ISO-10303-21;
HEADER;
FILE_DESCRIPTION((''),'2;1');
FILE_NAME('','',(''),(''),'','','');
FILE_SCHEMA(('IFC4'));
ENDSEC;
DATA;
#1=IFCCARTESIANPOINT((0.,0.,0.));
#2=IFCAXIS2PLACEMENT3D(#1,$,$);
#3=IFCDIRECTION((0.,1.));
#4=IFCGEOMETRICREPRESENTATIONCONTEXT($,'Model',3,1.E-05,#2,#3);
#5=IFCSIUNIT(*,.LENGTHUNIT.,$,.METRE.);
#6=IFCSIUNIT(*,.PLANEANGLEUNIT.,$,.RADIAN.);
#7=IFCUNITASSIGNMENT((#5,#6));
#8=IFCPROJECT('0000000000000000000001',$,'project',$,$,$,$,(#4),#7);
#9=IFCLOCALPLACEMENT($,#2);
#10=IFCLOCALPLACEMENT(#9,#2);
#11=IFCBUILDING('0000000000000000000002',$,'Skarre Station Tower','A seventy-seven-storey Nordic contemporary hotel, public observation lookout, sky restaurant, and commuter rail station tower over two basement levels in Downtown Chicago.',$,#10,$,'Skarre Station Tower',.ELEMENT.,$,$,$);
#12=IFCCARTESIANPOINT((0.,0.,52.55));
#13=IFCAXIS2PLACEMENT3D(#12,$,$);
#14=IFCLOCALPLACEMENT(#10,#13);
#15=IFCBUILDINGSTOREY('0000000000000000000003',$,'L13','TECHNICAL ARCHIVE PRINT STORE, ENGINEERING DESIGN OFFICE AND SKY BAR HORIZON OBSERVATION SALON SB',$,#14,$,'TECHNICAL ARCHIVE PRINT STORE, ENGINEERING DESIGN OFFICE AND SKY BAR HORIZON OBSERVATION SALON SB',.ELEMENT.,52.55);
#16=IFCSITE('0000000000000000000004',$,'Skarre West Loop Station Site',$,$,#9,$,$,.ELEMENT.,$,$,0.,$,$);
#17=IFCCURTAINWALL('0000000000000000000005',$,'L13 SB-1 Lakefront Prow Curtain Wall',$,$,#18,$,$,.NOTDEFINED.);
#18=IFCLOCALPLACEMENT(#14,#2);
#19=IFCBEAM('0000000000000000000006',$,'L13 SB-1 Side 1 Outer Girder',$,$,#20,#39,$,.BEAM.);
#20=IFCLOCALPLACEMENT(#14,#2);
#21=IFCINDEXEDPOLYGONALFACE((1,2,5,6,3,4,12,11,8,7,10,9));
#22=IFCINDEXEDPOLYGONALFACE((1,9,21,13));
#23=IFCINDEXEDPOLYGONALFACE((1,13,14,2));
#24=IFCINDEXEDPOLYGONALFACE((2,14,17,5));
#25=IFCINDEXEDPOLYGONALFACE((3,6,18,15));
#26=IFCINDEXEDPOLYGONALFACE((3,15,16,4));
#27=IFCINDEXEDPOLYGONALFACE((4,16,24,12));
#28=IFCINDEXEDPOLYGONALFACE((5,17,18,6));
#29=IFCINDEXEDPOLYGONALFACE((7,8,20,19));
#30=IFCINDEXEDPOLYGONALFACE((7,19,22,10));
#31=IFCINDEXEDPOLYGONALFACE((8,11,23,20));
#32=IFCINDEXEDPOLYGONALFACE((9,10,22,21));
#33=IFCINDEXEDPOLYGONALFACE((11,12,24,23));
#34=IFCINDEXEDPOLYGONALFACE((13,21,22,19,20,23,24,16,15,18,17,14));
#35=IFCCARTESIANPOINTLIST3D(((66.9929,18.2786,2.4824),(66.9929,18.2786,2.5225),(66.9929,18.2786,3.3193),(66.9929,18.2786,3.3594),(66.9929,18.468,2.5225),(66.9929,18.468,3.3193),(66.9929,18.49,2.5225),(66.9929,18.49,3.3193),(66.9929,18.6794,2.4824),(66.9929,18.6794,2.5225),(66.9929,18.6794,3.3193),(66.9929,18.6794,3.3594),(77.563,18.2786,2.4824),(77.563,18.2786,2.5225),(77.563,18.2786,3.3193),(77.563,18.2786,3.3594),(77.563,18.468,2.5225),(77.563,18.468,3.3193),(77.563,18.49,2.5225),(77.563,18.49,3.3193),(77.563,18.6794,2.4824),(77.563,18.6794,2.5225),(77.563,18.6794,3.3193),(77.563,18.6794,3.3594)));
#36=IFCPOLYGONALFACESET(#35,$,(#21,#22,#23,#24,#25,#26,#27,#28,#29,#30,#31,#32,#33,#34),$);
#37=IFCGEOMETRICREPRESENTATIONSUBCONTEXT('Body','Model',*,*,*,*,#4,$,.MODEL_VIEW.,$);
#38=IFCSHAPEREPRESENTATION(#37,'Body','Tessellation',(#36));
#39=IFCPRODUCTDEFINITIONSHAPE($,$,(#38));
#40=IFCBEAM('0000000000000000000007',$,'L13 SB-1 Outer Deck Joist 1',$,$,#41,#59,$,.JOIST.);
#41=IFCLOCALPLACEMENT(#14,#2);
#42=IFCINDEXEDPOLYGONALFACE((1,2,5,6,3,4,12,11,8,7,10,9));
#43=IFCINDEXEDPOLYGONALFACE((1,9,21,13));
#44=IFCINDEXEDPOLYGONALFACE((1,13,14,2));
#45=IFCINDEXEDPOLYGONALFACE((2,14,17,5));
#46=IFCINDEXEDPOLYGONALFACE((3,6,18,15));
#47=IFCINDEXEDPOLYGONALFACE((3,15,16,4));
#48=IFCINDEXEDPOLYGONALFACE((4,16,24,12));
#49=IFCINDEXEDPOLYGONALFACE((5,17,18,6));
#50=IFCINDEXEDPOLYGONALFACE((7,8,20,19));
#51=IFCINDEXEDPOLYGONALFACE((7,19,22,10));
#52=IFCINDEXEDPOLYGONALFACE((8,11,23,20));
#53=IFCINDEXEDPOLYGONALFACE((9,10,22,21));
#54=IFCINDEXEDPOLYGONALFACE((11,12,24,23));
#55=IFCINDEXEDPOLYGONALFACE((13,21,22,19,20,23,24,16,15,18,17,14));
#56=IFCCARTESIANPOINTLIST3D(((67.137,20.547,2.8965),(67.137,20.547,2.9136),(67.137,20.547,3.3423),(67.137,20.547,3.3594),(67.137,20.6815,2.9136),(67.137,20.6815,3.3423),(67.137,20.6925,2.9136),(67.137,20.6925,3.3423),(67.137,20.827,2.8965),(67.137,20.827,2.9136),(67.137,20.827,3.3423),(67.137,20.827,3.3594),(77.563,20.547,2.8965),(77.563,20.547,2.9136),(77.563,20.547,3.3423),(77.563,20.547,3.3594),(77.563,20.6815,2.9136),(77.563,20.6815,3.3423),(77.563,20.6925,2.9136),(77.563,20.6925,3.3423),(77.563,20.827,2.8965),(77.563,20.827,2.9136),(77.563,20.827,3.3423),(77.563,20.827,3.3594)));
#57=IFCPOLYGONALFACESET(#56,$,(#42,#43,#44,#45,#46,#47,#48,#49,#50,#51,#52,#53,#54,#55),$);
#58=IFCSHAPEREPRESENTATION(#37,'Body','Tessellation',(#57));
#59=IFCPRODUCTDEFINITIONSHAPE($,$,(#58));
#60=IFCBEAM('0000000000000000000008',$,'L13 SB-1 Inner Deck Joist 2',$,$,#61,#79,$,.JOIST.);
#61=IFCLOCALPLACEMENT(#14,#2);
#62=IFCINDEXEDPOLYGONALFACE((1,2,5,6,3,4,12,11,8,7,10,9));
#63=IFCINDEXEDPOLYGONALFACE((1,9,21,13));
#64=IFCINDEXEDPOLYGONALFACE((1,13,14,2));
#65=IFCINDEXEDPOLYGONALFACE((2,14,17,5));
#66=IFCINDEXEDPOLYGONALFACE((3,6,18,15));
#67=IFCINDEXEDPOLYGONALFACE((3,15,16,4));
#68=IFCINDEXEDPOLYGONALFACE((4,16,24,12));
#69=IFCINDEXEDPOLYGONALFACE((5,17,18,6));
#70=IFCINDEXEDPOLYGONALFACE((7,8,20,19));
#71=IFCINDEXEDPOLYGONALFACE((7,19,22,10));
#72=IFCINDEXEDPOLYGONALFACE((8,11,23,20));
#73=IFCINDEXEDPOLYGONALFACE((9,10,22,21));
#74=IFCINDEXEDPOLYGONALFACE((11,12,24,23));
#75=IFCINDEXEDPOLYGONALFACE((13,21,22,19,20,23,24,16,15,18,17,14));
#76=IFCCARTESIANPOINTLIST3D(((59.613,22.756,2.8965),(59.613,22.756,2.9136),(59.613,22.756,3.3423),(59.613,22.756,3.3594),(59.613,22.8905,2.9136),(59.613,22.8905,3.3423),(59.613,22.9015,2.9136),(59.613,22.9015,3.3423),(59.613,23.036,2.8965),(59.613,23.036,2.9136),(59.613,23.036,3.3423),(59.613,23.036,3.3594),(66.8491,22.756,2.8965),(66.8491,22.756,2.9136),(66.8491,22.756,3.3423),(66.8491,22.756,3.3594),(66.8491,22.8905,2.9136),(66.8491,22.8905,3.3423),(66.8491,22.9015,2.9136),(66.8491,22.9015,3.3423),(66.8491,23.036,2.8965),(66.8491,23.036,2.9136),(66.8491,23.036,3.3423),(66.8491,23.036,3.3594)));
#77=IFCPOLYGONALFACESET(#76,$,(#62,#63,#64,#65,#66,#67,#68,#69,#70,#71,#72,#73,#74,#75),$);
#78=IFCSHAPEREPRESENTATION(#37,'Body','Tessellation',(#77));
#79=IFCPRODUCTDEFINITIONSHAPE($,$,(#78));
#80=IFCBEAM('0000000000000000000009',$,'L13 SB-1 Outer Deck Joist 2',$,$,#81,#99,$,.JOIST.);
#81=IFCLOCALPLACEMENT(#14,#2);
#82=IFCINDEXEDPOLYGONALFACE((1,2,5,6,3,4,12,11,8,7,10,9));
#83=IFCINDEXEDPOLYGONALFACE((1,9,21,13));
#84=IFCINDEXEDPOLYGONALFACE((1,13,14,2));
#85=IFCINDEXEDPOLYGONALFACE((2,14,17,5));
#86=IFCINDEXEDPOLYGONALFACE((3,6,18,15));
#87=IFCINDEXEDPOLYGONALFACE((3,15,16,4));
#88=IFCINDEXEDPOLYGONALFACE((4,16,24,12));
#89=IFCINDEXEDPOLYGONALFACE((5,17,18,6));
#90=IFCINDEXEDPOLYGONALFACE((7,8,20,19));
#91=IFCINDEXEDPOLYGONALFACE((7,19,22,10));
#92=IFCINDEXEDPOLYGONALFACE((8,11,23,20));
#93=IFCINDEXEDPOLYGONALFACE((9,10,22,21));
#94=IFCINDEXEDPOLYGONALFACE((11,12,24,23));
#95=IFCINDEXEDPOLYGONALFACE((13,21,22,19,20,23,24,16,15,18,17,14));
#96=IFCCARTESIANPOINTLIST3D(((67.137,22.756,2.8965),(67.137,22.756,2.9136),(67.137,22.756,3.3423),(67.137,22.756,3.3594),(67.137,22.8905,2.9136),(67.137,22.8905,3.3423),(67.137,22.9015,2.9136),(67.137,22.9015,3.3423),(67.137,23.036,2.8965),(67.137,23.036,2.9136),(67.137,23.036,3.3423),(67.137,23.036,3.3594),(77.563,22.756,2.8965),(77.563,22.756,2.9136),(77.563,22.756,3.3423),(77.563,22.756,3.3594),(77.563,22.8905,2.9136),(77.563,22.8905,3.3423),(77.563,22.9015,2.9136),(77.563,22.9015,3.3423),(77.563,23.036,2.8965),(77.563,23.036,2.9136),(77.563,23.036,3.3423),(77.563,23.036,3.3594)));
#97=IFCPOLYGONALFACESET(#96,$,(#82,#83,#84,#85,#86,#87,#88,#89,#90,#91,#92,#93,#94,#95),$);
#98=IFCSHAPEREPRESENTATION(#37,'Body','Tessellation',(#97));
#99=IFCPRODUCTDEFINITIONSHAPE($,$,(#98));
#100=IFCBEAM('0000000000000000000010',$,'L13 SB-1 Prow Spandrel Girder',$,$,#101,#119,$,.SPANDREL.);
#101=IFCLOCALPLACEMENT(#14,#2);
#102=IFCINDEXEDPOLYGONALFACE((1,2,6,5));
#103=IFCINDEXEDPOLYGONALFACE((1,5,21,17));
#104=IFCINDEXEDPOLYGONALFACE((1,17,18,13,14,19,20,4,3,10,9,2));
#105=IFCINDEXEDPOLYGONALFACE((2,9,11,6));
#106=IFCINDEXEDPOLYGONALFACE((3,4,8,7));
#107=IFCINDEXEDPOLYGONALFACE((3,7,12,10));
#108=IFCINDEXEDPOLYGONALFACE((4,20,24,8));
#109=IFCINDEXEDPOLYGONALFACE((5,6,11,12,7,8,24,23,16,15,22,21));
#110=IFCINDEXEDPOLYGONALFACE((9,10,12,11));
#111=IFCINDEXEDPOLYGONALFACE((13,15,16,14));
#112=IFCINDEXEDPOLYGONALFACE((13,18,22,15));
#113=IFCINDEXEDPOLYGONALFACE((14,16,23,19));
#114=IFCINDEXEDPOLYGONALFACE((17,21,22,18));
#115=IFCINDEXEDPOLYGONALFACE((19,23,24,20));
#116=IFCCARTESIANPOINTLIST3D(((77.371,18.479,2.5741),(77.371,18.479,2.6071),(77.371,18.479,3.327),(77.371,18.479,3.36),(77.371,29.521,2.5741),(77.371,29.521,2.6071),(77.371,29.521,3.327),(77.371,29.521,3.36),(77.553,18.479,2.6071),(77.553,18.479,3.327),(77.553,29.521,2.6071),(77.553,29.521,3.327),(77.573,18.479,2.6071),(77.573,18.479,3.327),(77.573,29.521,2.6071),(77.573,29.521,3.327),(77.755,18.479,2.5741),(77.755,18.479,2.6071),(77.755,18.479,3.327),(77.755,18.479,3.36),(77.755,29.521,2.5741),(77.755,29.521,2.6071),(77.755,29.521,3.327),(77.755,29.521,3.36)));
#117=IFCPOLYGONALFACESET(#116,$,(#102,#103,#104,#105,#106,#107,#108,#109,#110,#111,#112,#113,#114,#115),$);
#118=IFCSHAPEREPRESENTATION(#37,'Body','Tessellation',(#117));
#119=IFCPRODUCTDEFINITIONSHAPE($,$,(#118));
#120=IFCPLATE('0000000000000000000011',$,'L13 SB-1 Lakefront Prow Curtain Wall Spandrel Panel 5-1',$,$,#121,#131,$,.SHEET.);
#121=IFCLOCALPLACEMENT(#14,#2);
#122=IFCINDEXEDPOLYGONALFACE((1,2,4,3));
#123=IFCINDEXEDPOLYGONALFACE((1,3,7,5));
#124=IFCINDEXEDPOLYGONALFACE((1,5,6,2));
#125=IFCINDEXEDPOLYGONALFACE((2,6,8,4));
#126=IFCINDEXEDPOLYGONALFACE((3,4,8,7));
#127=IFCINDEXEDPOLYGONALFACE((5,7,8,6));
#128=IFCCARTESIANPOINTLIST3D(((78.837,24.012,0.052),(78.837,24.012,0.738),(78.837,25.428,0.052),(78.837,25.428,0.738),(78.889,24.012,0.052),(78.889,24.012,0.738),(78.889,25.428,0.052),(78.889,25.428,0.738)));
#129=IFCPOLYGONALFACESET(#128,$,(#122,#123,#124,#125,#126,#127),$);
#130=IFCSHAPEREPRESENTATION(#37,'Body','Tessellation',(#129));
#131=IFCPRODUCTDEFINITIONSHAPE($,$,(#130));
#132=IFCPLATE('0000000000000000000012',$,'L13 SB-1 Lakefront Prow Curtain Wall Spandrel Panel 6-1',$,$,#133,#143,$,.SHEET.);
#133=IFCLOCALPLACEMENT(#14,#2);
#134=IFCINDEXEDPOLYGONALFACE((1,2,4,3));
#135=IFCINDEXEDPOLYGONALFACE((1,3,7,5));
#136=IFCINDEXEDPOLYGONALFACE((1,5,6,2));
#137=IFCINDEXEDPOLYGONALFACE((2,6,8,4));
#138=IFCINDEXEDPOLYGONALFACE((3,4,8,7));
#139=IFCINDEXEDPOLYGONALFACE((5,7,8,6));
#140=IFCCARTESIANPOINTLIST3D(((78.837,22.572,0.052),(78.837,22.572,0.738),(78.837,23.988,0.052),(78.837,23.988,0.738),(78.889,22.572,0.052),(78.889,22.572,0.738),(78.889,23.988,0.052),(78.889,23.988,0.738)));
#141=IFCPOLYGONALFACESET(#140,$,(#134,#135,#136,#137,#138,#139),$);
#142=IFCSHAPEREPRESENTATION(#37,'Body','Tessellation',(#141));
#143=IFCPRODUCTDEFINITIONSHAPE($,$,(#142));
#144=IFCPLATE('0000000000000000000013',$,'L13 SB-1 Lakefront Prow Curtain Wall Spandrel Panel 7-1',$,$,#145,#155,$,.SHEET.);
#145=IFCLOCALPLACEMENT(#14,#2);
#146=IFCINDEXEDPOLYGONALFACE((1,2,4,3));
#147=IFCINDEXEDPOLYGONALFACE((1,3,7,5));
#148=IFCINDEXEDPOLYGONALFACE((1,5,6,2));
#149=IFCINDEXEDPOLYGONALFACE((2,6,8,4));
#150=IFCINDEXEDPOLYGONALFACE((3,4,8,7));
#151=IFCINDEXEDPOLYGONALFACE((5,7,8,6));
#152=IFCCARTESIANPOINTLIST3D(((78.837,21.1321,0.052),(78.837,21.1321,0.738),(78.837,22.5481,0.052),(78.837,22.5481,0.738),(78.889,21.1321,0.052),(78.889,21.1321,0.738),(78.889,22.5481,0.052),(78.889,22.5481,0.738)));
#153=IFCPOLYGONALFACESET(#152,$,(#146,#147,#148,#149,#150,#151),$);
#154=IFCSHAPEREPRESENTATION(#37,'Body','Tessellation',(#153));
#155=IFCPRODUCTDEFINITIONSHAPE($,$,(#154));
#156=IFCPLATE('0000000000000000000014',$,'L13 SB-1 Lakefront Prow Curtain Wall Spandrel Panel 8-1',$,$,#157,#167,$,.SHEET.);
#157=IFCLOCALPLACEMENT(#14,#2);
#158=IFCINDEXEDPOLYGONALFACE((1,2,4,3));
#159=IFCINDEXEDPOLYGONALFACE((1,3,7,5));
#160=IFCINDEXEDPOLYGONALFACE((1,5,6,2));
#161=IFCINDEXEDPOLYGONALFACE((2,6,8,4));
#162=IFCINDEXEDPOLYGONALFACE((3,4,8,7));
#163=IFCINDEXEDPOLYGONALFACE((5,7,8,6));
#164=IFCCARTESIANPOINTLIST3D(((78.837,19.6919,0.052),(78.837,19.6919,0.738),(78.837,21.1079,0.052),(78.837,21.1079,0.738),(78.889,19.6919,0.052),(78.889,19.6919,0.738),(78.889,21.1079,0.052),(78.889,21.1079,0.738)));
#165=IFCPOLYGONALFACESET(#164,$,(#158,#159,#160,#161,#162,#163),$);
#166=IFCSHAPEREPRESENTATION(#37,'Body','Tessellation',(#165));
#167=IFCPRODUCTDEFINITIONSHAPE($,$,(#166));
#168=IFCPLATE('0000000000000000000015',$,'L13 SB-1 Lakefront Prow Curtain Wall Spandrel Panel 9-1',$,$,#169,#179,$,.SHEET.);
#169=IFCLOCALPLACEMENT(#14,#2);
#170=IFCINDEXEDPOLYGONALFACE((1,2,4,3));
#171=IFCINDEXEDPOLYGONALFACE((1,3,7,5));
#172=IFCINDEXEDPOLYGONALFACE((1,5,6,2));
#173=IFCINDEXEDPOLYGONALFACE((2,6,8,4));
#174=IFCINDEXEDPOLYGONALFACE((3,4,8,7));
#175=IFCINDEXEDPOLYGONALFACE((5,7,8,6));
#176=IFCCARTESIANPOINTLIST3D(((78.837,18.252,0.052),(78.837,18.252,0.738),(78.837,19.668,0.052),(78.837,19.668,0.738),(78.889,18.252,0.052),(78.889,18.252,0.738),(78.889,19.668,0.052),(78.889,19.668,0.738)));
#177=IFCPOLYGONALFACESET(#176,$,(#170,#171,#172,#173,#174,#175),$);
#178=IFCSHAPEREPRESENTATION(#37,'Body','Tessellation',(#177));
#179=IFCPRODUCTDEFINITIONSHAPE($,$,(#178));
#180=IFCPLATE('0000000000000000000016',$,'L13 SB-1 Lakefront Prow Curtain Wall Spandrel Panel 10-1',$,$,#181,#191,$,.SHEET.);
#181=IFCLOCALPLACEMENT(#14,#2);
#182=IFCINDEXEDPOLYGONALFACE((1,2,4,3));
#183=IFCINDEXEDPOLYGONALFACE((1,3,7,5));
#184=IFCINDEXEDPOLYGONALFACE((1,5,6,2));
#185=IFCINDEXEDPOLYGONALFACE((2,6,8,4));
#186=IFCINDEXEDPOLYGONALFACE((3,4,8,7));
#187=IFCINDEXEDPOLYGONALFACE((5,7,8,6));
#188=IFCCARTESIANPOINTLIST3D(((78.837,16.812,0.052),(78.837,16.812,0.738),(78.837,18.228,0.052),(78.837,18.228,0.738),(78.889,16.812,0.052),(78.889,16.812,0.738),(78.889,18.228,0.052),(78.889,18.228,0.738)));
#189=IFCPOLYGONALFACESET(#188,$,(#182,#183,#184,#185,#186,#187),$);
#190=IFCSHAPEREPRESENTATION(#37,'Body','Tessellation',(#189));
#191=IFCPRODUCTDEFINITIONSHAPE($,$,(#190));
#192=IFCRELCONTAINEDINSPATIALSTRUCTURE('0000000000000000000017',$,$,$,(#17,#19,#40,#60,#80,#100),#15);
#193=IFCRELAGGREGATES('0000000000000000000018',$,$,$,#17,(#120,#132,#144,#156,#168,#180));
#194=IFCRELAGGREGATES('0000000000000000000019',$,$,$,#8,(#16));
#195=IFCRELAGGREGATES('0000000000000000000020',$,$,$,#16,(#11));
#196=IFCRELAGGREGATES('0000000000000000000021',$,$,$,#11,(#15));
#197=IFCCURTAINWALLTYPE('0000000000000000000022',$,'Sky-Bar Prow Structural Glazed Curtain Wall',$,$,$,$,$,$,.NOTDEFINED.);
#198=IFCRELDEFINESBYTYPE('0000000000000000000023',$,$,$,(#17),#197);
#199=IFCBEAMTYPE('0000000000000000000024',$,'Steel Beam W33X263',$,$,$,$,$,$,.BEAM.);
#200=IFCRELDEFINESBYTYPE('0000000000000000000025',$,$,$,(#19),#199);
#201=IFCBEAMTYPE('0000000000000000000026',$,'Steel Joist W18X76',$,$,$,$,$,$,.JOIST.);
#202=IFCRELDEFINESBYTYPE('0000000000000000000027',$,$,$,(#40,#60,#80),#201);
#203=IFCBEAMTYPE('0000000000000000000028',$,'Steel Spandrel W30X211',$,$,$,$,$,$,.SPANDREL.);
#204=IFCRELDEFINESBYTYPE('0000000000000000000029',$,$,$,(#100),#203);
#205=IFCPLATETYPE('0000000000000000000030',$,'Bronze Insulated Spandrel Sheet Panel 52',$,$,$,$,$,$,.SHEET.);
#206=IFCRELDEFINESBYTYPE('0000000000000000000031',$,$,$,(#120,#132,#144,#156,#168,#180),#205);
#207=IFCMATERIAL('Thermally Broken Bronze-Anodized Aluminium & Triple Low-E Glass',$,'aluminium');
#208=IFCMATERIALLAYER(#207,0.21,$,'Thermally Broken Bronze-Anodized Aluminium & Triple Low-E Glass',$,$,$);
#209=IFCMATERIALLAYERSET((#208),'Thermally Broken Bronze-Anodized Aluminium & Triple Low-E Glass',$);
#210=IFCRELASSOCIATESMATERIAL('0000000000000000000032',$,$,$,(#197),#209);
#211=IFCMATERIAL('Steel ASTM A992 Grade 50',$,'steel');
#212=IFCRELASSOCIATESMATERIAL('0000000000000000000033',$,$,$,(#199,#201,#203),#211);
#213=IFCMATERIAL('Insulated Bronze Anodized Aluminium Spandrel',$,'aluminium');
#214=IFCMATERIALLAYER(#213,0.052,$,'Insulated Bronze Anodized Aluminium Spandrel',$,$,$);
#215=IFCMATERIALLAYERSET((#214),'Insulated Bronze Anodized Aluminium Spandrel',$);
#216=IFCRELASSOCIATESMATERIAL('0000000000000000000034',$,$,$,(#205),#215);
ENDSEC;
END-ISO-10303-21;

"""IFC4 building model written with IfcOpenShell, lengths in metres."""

from ifc_helpers import new_model, si_unit, direction, frame, origin, origin_2d, place, context, subcontext, project, spatial, rectangle, i_section, extrude, material, layer, layer_set, material_profile, profile_set, type_object, element, aggregate, save


model = new_model("IFC4")

# Units and contexts
model_context = context("Model", 3, precision=1e-05, world=origin(), true_north=direction((0.0, 1.0)))
body_context = subcontext(model_context, "Body", "Model", "MODEL_VIEW")
ifc_project = project(units=[si_unit("LENGTHUNIT", "METRE"), si_unit("PLANEANGLEUNIT", "RADIAN")], contexts=[model_context])

# Site, building, storey
site_placement = place(None, origin())
site = spatial("IfcSite", under=ifc_project, at=site_placement, Name="Skarre West Loop Station Site", CompositionType="ELEMENT", RefElevation=0.0)
building_placement = place(site_placement, origin())
building = spatial("IfcBuilding", under=site, at=building_placement, Name="Skarre Station Tower", Description="A seventy-seven-storey Nordic contemporary hotel, public observation lookout, sky restaurant, and commuter rail station tower over two basement levels in Downtown Chicago.", LongName="Skarre Station Tower", CompositionType="ELEMENT")
storey_placement = place(building_placement, frame((0.0, 0.0, 52.55)))
storey = spatial("IfcBuildingStorey", under=building, at=storey_placement, Name="L13", Description="TECHNICAL ARCHIVE PRINT STORE, ENGINEERING DESIGN OFFICE AND SKY BAR HORIZON OBSERVATION SALON SB", LongName="TECHNICAL ARCHIVE PRINT STORE, ENGINEERING DESIGN OFFICE AND SKY BAR HORIZON OBSERVATION SALON SB", CompositionType="ELEMENT", Elevation=52.55)

# Curtain wall
ifc_material_1 = material(Name="Thermally Broken Bronze-Anodized Aluminium & Triple Low-E Glass", Category="aluminium")
ifc_layer_1 = layer(ifc_material_1, 0.21, Name="Thermally Broken Bronze-Anodized Aluminium & Triple Low-E Glass")
ifc_layer_set_1 = layer_set([ifc_layer_1], Name="Thermally Broken Bronze-Anodized Aluminium & Triple Low-E Glass")
curtain_wall_type = type_object("IfcCurtainWallType", Name="Sky-Bar Prow Structural Glazed Curtain Wall", PredefinedType="NOTDEFINED", material=ifc_layer_set_1)
curtain_wall_placement = place(storey_placement, origin())
curtain_wall = element("IfcCurtainWall", 1, at=curtain_wall_placement, inside=storey, type_object=curtain_wall_type, Name="L13 SB-1 Lakefront Prow Curtain Wall", PredefinedType="NOTDEFINED")

# Beams
ifc_material_2 = material(Name="Steel ASTM A992 Grade 50", Category="steel")
ifc_material_profile_1 = material_profile(ifc_material_2, i_section(OverallWidth=0.4009, OverallDepth=0.877, WebThickness=0.022, FlangeThickness=0.04, at=origin_2d()), Name="Steel ASTM A992 Grade 50")
ifc_profile_set_1 = profile_set([ifc_material_profile_1], Name="Steel ASTM A992 Grade 50")
beam_type_1 = type_object("IfcBeamType", Name="Steel Beam W33X263", PredefinedType="BEAM", material=ifc_profile_set_1)
beam_1_placement = place(storey_placement, frame((66.9929, 18.479, 2.9209), z_axis=(1.0, 0.0, 0.0), x_axis=(0.0, 1.0, 0.0)))
element("IfcBeam", 2, at=beam_1_placement, inside=storey, type_object=beam_type_1, Name="L13 SB-1 Side 1 Outer Girder", PredefinedType="BEAM", context=body_context, shape_type="SweptSolid", body=[
    extrude(i_section(OverallWidth=0.4009, OverallDepth=0.877, WebThickness=0.022, FlangeThickness=0.04, at=origin_2d()), origin(), (0.0, 0.0, 1.0), 10.5701),
])
ifc_material_profile_2 = material_profile(ifc_material_2, i_section(OverallWidth=0.28, OverallDepth=0.4629, WebThickness=0.011, FlangeThickness=0.0171, at=origin_2d()), Name="Steel ASTM A992 Grade 50")
ifc_profile_set_2 = profile_set([ifc_material_profile_2], Name="Steel ASTM A992 Grade 50")
beam_type_2 = type_object("IfcBeamType", Name="Steel Joist W18X76", PredefinedType="JOIST", material=ifc_profile_set_2)
beam_2_placement = place(storey_placement, frame((67.137, 20.687, 3.1279), z_axis=(1.0, 0.0, 0.0), x_axis=(0.0, 1.0, 0.0)))
element("IfcBeam", 3, at=beam_2_placement, inside=storey, type_object=beam_type_2, Name="L13 SB-1 Outer Deck Joist 1", PredefinedType="JOIST", context=body_context, shape_type="SweptSolid", body=[
    extrude(i_section(OverallWidth=0.28, OverallDepth=0.4629, WebThickness=0.011, FlangeThickness=0.0171, at=origin_2d()), origin(), (0.0, 0.0, 1.0), 10.426),
])
beam_3_placement = place(storey_placement, frame((59.613, 22.896, 3.1279), z_axis=(1.0, 0.0, 0.0), x_axis=(0.0, 1.0, 0.0)))
element("IfcBeam", 4, at=beam_3_placement, inside=storey, type_object=beam_type_2, Name="L13 SB-1 Inner Deck Joist 2", PredefinedType="JOIST", context=body_context, shape_type="SweptSolid", body=[
    extrude(i_section(OverallWidth=0.28, OverallDepth=0.4629, WebThickness=0.011, FlangeThickness=0.0171, at=origin_2d()), origin(), (0.0, 0.0, 1.0), 7.2361),
])
beam_4_placement = place(storey_placement, frame((67.137, 22.896, 3.1279), z_axis=(1.0, 0.0, 0.0), x_axis=(0.0, 1.0, 0.0)))
element("IfcBeam", 5, at=beam_4_placement, inside=storey, type_object=beam_type_2, Name="L13 SB-1 Outer Deck Joist 2", PredefinedType="JOIST", context=body_context, shape_type="SweptSolid", body=[
    extrude(i_section(OverallWidth=0.28, OverallDepth=0.4629, WebThickness=0.011, FlangeThickness=0.0171, at=origin_2d()), origin(), (0.0, 0.0, 1.0), 10.426),
])
ifc_material_profile_3 = material_profile(ifc_material_2, i_section(OverallWidth=0.384, OverallDepth=0.7859, WebThickness=0.02, FlangeThickness=0.033, at=origin_2d()), Name="Steel ASTM A992 Grade 50")
ifc_profile_set_3 = profile_set([ifc_material_profile_3], Name="Steel ASTM A992 Grade 50")
beam_type_3 = type_object("IfcBeamType", Name="Steel Spandrel W30X211", PredefinedType="SPANDREL", material=ifc_profile_set_3)
beam_5_placement = place(storey_placement, frame((77.563, 18.479, 2.967), z_axis=(0.0, 1.0, 0.0), x_axis=(-1.0, 0.0, 0.0)))
element("IfcBeam", 6, at=beam_5_placement, inside=storey, type_object=beam_type_3, Name="L13 SB-1 Prow Spandrel Girder", PredefinedType="SPANDREL", context=body_context, shape_type="SweptSolid", body=[
    extrude(i_section(OverallWidth=0.384, OverallDepth=0.7859, WebThickness=0.02, FlangeThickness=0.033, at=origin_2d()), origin(), (0.0, 0.0, 1.0), 11.042),
])

# Plates
ifc_material_3 = material(Name="Insulated Bronze Anodized Aluminium Spandrel", Category="aluminium")
ifc_layer_2 = layer(ifc_material_3, 0.052, Name="Insulated Bronze Anodized Aluminium Spandrel")
ifc_layer_set_2 = layer_set([ifc_layer_2], Name="Insulated Bronze Anodized Aluminium Spandrel")
plate_type_1 = type_object("IfcPlateType", Name="Bronze Insulated Spandrel Sheet Panel 52", PredefinedType="SHEET", material=ifc_layer_set_2)
plate_1_placement = place(storey_placement, frame((78.863, 24.72, 0.052), z_axis=(0.0, 0.0, 1.0), x_axis=(0.0, -1.0, 0.0)))
plate_1 = element("IfcPlate", 7, at=plate_1_placement, type_object=plate_type_1, Name="L13 SB-1 Lakefront Prow Curtain Wall Spandrel Panel 5-1", PredefinedType="SHEET", context=body_context, shape_type="SweptSolid", body=[
    extrude(rectangle(XDim=1.416, YDim=0.052, at=origin_2d()), origin(), (0.0, 0.0, 1.0), 0.686),
])
plate_2_placement = place(storey_placement, frame((78.863, 23.28, 0.052), z_axis=(0.0, 0.0, 1.0), x_axis=(0.0, -1.0, 0.0)))
plate_2 = element("IfcPlate", 8, at=plate_2_placement, type_object=plate_type_1, Name="L13 SB-1 Lakefront Prow Curtain Wall Spandrel Panel 6-1", PredefinedType="SHEET", context=body_context, shape_type="SweptSolid", body=[
    extrude(rectangle(XDim=1.416, YDim=0.052, at=origin_2d()), origin(), (0.0, 0.0, 1.0), 0.686),
])
plate_3_placement = place(storey_placement, frame((78.863, 21.8401, 0.052), z_axis=(0.0, 0.0, 1.0), x_axis=(0.0, -1.0, 0.0)))
plate_3 = element("IfcPlate", 9, at=plate_3_placement, type_object=plate_type_1, Name="L13 SB-1 Lakefront Prow Curtain Wall Spandrel Panel 7-1", PredefinedType="SHEET", context=body_context, shape_type="SweptSolid", body=[
    extrude(rectangle(XDim=1.416, YDim=0.052, at=origin_2d()), origin(), (0.0, 0.0, 1.0), 0.686),
])
plate_4_placement = place(storey_placement, frame((78.863, 20.3999, 0.052), z_axis=(0.0, 0.0, 1.0), x_axis=(0.0, -1.0, 0.0)))
plate_4 = element("IfcPlate", 10, at=plate_4_placement, type_object=plate_type_1, Name="L13 SB-1 Lakefront Prow Curtain Wall Spandrel Panel 8-1", PredefinedType="SHEET", context=body_context, shape_type="SweptSolid", body=[
    extrude(rectangle(XDim=1.416, YDim=0.052, at=origin_2d()), origin(), (0.0, 0.0, 1.0), 0.686),
])
plate_5_placement = place(storey_placement, frame((78.863, 18.96, 0.052), z_axis=(0.0, 0.0, 1.0), x_axis=(0.0, -1.0, 0.0)))
plate_5 = element("IfcPlate", 11, at=plate_5_placement, type_object=plate_type_1, Name="L13 SB-1 Lakefront Prow Curtain Wall Spandrel Panel 9-1", PredefinedType="SHEET", context=body_context, shape_type="SweptSolid", body=[
    extrude(rectangle(XDim=1.416, YDim=0.052, at=origin_2d()), origin(), (0.0, 0.0, 1.0), 0.686),
])
plate_6_placement = place(storey_placement, frame((78.863, 17.52, 0.052), z_axis=(0.0, 0.0, 1.0), x_axis=(0.0, -1.0, 0.0)))
plate_6 = element("IfcPlate", 12, at=plate_6_placement, type_object=plate_type_1, Name="L13 SB-1 Lakefront Prow Curtain Wall Spandrel Panel 10-1", PredefinedType="SHEET", context=body_context, shape_type="SweptSolid", body=[
    extrude(rectangle(XDim=1.416, YDim=0.052, at=origin_2d()), origin(), (0.0, 0.0, 1.0), 0.686),
])
aggregate(curtain_wall, [plate_1, plate_2, plate_3, plate_4, plate_5, plate_6])

save(model, "model.ifc")
